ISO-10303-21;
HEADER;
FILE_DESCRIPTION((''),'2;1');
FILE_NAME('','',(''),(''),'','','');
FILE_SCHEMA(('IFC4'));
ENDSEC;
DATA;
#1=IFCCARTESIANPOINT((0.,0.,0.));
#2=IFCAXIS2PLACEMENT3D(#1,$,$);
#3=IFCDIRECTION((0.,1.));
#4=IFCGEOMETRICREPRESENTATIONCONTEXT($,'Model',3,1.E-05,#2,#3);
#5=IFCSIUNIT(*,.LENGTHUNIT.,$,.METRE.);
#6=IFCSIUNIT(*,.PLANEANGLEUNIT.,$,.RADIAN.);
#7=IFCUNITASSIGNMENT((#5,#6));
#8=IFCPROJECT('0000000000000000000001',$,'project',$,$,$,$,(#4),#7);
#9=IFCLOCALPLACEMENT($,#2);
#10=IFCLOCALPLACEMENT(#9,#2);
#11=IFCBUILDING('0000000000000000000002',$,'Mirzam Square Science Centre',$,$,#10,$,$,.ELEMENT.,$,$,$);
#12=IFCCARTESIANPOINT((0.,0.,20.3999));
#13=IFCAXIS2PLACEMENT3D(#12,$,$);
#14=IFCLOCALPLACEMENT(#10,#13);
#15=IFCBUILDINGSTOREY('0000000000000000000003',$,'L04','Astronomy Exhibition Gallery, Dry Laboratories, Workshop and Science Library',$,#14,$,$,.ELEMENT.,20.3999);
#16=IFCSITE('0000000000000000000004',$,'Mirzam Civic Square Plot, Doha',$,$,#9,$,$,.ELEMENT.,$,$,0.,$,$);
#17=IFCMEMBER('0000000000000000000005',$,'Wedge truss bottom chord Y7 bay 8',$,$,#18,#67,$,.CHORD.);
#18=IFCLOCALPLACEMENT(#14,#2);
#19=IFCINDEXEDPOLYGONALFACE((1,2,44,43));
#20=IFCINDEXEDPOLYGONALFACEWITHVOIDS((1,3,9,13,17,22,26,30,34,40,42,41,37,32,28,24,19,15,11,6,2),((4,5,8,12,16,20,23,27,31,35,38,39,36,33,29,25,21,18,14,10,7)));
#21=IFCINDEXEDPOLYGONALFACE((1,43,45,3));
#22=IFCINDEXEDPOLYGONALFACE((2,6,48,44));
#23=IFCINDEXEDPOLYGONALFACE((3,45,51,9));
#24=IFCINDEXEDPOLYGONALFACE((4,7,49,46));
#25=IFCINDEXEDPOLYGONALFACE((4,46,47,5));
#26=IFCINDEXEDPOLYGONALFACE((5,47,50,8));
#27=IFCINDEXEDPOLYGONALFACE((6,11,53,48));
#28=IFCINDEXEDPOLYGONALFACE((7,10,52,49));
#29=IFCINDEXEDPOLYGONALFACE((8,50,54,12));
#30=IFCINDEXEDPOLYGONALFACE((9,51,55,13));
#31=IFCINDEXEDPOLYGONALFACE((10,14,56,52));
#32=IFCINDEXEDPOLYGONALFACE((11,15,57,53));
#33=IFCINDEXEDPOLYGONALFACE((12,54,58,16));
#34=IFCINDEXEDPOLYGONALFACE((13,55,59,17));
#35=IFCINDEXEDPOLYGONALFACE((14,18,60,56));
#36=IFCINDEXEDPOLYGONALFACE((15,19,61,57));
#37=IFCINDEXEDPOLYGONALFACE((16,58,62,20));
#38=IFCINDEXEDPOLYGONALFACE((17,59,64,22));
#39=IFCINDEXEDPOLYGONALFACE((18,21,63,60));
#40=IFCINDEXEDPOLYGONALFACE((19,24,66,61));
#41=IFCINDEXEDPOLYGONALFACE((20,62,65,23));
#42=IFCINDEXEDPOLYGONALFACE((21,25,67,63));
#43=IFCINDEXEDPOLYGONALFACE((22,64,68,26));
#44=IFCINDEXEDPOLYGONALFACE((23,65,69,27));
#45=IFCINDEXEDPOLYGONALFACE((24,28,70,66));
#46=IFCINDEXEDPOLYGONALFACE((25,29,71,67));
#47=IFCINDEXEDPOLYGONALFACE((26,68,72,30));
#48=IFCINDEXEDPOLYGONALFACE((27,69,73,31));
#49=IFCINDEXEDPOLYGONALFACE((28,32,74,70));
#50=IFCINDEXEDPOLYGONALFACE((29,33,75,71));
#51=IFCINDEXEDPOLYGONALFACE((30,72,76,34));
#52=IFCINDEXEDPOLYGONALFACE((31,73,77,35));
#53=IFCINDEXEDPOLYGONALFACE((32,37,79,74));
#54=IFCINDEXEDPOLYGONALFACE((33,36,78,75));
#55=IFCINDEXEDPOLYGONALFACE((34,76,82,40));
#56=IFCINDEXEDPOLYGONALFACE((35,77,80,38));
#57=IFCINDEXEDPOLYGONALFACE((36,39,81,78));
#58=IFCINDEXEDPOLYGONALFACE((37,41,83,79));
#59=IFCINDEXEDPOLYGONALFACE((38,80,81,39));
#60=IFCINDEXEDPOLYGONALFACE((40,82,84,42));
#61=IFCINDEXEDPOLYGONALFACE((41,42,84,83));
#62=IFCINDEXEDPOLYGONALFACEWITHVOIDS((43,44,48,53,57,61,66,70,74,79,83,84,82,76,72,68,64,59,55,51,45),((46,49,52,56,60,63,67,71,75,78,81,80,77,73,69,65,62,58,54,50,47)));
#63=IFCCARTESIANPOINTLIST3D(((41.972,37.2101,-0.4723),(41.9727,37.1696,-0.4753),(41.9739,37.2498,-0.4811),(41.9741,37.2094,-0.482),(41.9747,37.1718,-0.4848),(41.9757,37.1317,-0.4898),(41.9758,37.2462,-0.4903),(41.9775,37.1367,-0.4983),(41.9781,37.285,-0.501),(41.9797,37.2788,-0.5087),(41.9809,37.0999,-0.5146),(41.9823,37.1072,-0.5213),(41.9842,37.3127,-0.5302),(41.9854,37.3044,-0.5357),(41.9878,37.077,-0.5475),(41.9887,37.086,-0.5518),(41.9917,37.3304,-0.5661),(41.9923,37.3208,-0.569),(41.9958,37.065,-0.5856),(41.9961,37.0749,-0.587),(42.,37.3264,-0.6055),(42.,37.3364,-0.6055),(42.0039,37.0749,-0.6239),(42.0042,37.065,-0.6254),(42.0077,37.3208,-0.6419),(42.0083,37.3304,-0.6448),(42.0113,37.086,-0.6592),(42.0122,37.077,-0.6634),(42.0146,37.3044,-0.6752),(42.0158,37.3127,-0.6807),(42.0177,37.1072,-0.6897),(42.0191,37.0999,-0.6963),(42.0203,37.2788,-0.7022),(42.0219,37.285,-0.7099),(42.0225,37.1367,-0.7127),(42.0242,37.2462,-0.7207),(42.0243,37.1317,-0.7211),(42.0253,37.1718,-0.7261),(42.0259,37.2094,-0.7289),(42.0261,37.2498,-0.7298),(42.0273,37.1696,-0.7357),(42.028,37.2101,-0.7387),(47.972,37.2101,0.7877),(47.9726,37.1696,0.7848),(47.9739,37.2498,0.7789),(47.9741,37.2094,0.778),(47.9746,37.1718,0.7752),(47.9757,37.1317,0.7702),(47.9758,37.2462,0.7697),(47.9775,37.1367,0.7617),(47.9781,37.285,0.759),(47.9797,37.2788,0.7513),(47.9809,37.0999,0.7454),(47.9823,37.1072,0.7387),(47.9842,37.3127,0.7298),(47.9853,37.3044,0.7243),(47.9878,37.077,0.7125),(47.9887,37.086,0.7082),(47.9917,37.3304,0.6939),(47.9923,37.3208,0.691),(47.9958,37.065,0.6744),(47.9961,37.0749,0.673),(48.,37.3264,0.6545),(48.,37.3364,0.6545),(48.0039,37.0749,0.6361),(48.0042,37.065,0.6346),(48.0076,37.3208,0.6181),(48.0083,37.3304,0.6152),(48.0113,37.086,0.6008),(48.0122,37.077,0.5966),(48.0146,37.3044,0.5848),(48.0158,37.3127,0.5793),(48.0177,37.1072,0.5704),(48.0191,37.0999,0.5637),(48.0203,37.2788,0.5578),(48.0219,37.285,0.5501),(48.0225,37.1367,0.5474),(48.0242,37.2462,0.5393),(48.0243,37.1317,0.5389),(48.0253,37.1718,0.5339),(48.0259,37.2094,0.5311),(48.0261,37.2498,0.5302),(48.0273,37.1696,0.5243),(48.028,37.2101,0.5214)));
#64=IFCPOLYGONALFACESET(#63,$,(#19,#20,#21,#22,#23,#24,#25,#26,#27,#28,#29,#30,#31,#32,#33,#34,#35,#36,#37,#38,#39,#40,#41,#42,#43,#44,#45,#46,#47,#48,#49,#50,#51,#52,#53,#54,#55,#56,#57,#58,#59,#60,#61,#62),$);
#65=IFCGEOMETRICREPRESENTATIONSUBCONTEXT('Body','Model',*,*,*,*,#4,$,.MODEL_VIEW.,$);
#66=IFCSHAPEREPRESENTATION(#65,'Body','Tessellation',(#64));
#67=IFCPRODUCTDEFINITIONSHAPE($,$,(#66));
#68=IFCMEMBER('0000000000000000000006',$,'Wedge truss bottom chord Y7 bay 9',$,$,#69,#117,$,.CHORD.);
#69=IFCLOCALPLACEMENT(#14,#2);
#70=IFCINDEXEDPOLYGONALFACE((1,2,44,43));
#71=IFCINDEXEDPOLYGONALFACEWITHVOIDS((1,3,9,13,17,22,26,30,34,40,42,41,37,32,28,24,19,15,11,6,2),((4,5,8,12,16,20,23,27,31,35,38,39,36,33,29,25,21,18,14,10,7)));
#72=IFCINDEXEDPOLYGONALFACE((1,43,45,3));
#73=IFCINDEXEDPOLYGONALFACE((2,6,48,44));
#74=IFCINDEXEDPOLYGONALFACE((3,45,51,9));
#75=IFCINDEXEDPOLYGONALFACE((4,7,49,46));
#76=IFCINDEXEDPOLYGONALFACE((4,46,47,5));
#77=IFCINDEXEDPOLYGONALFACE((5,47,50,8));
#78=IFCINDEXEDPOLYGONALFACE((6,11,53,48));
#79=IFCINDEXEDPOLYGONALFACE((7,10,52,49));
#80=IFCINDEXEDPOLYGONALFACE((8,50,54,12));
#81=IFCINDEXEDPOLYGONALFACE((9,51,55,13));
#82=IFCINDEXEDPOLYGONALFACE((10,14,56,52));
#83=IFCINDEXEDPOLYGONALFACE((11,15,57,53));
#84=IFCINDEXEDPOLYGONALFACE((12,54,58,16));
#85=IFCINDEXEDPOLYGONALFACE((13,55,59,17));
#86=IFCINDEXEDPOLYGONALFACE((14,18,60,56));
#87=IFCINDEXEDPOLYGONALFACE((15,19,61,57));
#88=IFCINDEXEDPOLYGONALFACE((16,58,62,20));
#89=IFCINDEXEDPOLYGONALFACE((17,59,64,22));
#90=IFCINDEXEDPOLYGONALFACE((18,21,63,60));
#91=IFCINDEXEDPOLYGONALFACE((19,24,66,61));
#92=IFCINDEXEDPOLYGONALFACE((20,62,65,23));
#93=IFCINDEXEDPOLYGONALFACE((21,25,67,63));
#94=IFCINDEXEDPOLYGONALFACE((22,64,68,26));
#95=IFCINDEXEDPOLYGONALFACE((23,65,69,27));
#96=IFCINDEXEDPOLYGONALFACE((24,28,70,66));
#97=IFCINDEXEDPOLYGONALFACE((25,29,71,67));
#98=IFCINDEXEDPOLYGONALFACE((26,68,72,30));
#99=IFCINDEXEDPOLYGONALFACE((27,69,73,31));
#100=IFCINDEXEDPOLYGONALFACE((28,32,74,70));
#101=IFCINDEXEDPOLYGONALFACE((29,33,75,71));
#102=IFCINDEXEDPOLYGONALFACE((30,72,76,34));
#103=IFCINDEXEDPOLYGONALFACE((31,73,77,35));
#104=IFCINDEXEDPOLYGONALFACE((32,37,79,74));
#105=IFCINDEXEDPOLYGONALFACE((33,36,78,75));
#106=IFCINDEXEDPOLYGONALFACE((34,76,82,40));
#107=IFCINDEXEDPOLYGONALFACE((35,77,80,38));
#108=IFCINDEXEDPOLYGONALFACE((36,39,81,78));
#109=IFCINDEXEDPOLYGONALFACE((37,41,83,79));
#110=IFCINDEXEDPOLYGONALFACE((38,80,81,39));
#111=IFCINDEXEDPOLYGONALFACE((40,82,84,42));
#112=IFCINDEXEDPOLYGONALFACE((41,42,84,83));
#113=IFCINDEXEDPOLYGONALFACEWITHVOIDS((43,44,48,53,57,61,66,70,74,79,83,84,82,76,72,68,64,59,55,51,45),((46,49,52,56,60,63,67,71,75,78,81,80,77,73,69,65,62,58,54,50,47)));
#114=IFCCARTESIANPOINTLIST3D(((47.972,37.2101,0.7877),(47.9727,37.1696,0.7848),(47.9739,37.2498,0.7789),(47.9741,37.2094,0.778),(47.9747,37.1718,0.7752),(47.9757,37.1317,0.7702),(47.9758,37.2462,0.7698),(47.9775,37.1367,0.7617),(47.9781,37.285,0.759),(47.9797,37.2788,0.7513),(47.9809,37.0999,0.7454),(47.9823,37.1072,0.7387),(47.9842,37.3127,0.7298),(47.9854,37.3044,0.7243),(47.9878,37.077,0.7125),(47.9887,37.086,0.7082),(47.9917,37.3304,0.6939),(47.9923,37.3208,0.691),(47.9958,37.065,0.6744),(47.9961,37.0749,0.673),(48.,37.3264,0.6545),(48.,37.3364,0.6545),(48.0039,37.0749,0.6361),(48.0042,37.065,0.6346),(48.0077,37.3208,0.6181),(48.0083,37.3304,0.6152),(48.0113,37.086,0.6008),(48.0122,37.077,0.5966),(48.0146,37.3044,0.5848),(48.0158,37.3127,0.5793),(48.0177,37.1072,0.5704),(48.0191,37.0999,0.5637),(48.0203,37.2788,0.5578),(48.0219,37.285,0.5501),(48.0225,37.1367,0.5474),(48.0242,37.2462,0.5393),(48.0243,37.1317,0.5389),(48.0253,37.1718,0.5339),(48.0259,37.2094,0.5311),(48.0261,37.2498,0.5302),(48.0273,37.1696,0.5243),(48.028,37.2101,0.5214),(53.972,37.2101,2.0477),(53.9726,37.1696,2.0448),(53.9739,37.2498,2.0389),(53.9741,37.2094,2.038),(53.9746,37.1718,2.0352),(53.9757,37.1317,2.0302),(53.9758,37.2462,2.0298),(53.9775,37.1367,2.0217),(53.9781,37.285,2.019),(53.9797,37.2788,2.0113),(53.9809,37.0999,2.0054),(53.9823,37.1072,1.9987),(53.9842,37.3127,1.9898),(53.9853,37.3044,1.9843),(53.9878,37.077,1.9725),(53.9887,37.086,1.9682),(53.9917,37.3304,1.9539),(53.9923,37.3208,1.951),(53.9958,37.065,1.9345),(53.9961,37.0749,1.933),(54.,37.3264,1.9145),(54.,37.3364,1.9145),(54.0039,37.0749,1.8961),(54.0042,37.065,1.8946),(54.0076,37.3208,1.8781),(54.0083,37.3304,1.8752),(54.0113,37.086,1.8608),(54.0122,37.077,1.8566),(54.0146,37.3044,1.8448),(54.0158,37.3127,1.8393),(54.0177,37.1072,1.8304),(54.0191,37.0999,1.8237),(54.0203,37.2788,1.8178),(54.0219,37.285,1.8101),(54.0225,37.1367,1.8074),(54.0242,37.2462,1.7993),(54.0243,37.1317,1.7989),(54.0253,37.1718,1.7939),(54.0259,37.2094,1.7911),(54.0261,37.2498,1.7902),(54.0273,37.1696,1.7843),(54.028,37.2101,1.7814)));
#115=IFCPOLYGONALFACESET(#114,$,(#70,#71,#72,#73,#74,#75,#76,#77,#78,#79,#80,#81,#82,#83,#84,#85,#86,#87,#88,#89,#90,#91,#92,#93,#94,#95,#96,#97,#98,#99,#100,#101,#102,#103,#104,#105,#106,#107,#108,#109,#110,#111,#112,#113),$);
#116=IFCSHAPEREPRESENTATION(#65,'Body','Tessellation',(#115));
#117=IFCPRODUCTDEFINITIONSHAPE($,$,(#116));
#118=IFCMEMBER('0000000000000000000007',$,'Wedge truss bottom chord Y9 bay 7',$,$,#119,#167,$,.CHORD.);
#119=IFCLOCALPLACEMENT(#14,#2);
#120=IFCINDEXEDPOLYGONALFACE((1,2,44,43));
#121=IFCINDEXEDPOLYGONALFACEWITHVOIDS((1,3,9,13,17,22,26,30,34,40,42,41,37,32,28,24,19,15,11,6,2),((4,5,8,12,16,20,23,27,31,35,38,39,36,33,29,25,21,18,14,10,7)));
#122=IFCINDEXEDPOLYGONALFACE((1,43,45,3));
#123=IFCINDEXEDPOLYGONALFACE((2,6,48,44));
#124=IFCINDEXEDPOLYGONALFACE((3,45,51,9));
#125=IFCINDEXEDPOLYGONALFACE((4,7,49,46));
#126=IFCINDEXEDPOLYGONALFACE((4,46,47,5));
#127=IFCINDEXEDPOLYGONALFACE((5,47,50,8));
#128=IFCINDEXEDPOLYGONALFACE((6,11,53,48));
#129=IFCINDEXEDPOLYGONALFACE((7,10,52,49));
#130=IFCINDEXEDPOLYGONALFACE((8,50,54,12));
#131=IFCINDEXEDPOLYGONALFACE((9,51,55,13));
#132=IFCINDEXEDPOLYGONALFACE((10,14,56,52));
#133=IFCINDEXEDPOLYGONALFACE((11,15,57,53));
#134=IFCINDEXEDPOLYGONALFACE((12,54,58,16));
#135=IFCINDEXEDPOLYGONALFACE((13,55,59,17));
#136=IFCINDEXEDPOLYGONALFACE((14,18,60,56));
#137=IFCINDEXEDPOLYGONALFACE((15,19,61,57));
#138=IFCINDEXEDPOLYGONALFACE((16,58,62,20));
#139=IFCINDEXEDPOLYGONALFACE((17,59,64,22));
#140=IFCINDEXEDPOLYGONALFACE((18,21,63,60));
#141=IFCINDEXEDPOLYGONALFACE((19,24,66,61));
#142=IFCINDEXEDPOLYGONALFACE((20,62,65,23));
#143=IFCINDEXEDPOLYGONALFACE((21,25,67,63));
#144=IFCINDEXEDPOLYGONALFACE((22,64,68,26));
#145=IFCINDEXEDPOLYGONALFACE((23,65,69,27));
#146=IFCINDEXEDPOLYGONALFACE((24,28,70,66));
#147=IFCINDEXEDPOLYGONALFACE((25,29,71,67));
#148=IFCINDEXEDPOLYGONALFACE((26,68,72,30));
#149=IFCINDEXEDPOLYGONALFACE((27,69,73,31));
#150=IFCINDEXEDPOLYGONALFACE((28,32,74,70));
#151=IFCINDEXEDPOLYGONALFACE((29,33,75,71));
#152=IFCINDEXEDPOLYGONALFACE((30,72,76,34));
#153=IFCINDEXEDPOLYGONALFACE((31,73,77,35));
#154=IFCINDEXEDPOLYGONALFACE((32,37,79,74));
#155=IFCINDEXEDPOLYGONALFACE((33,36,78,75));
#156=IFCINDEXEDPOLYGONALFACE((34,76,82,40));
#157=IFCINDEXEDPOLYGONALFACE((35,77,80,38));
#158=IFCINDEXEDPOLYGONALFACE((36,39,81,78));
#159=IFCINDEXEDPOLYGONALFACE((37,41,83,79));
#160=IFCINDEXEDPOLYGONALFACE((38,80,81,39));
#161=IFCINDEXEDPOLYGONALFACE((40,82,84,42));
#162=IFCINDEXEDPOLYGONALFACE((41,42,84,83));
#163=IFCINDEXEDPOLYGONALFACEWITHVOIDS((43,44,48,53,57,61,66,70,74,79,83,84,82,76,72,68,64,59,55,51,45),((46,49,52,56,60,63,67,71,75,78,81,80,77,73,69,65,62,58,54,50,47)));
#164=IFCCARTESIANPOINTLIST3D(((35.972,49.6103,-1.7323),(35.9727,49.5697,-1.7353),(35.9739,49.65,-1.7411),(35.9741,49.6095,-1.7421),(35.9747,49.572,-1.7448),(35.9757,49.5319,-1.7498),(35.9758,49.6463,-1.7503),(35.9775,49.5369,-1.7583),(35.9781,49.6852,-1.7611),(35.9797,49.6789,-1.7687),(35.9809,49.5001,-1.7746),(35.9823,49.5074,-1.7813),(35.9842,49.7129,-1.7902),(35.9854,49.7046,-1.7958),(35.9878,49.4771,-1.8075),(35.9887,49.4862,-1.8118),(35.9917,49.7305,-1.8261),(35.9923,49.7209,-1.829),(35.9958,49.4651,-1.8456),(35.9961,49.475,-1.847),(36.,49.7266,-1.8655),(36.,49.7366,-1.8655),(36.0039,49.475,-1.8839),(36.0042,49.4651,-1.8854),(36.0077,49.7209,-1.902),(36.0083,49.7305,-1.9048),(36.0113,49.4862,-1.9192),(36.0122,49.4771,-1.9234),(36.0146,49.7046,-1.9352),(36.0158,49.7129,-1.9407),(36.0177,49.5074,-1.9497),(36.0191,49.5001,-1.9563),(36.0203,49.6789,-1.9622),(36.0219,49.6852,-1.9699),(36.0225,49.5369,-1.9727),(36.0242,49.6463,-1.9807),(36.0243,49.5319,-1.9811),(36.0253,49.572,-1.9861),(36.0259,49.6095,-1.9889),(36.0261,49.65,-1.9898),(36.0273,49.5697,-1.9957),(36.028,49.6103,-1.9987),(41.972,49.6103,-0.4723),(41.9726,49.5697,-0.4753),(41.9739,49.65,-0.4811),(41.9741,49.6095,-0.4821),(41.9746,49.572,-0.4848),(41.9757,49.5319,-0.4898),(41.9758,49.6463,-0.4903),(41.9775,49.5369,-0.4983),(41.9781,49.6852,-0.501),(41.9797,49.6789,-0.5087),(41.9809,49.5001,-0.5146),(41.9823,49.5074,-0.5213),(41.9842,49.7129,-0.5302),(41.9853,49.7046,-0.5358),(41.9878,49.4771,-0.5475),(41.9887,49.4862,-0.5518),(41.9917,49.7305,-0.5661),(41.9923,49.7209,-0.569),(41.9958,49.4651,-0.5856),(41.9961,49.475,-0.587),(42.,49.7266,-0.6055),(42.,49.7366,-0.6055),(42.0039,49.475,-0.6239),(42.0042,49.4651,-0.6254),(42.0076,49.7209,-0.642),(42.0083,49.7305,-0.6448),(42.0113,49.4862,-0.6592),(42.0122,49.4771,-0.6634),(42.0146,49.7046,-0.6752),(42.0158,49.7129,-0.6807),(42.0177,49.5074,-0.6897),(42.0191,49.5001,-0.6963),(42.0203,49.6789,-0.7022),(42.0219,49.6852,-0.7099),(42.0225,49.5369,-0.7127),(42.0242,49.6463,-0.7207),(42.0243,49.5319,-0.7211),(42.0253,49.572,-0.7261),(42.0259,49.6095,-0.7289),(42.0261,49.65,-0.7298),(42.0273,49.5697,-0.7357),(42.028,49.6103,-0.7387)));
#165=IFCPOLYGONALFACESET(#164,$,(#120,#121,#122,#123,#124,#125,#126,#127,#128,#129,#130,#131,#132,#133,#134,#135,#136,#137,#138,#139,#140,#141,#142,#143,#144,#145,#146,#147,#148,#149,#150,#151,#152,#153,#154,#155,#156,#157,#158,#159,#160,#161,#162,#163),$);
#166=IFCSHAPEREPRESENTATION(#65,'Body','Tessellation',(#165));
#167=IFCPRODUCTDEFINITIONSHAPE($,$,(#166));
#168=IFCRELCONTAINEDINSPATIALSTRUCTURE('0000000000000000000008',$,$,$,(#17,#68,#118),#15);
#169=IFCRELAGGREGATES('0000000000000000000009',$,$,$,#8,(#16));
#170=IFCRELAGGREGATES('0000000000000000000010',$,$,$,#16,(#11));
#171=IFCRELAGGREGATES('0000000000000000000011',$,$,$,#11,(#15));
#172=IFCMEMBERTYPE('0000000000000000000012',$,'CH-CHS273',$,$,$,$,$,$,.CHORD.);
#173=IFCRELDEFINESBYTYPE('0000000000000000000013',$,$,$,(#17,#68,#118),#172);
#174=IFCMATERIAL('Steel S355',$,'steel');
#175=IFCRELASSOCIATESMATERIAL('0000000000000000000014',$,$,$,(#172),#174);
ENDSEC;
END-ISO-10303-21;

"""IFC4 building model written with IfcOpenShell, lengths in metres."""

from ifc_helpers import new_model, si_unit, direction, frame, origin, origin_2d, place, context, subcontext, project, spatial, hollow_circle, extrude, material, material_profile, profile_set, type_object, element, save


model = new_model("IFC4")

# Units and contexts
model_context = context("Model", 3, precision=1e-05, world=origin(), true_north=direction((0.0, 1.0)))
body_context = subcontext(model_context, "Body", "Model", "MODEL_VIEW")
ifc_project = project(units=[si_unit("LENGTHUNIT", "METRE"), si_unit("PLANEANGLEUNIT", "RADIAN")], contexts=[model_context])

# Site, building, storey
site_placement = place(None, origin())
site = spatial("IfcSite", under=ifc_project, at=site_placement, Name="Mirzam Civic Square Plot, Doha", CompositionType="ELEMENT", RefElevation=0.0)
building_placement = place(site_placement, origin())
building = spatial("IfcBuilding", under=site, at=building_placement, Name="Mirzam Square Science Centre", CompositionType="ELEMENT")
storey_placement = place(building_placement, frame((0.0, 0.0, 20.3999)))
storey = spatial("IfcBuildingStorey", under=building, at=storey_placement, Name="L04", Description="Astronomy Exhibition Gallery, Dry Laboratories, Workshop and Science Library", CompositionType="ELEMENT", Elevation=20.3999)

# Members
ifc_material_1 = material(Name="Steel S355", Category="steel")
ifc_material_profile_1 = material_profile(ifc_material_1, hollow_circle(Radius=0.1365, WallThickness=0.01, at=origin_2d()), Name="273.0x10.0CHS")
ifc_profile_set_1 = profile_set([ifc_material_profile_1], Name="Steel S355")
member_type_1 = type_object("IfcMemberType", Name="CH-CHS273", PredefinedType="CHORD", material=ifc_profile_set_1)
for number, where, z_axis, x_axis, name in (
    (1, (42.0, 37.2, -0.6055), (0.978653, 0.0, 0.205519), (0.0, 1.0, 0.0), "Wedge truss bottom chord Y7 bay 8"),
    (2, (48.0, 37.2, 0.6545), (0.978653, 0.0, 0.205519), (0.0, 1.0, 0.0), "Wedge truss bottom chord Y7 bay 9"),
    (3, (36.0, 49.6001, -1.8655), (0.978653, 0.0, 0.205519), (0.0, 1.0, 0.0), "Wedge truss bottom chord Y9 bay 7"),
):
    element("IfcMember", number, at=place(storey_placement, frame(where, z_axis=z_axis, x_axis=x_axis)), inside=storey, type_object=member_type_1, Name=name, PredefinedType="CHORD", context=body_context, shape_type="SweptSolid", body=[
        extrude(hollow_circle(Radius=0.1365, WallThickness=0.01, at=origin_2d()), origin(), (0.0, 0.0, 1.0), 6.1309),
    ])

save(model, "model.ifc")
